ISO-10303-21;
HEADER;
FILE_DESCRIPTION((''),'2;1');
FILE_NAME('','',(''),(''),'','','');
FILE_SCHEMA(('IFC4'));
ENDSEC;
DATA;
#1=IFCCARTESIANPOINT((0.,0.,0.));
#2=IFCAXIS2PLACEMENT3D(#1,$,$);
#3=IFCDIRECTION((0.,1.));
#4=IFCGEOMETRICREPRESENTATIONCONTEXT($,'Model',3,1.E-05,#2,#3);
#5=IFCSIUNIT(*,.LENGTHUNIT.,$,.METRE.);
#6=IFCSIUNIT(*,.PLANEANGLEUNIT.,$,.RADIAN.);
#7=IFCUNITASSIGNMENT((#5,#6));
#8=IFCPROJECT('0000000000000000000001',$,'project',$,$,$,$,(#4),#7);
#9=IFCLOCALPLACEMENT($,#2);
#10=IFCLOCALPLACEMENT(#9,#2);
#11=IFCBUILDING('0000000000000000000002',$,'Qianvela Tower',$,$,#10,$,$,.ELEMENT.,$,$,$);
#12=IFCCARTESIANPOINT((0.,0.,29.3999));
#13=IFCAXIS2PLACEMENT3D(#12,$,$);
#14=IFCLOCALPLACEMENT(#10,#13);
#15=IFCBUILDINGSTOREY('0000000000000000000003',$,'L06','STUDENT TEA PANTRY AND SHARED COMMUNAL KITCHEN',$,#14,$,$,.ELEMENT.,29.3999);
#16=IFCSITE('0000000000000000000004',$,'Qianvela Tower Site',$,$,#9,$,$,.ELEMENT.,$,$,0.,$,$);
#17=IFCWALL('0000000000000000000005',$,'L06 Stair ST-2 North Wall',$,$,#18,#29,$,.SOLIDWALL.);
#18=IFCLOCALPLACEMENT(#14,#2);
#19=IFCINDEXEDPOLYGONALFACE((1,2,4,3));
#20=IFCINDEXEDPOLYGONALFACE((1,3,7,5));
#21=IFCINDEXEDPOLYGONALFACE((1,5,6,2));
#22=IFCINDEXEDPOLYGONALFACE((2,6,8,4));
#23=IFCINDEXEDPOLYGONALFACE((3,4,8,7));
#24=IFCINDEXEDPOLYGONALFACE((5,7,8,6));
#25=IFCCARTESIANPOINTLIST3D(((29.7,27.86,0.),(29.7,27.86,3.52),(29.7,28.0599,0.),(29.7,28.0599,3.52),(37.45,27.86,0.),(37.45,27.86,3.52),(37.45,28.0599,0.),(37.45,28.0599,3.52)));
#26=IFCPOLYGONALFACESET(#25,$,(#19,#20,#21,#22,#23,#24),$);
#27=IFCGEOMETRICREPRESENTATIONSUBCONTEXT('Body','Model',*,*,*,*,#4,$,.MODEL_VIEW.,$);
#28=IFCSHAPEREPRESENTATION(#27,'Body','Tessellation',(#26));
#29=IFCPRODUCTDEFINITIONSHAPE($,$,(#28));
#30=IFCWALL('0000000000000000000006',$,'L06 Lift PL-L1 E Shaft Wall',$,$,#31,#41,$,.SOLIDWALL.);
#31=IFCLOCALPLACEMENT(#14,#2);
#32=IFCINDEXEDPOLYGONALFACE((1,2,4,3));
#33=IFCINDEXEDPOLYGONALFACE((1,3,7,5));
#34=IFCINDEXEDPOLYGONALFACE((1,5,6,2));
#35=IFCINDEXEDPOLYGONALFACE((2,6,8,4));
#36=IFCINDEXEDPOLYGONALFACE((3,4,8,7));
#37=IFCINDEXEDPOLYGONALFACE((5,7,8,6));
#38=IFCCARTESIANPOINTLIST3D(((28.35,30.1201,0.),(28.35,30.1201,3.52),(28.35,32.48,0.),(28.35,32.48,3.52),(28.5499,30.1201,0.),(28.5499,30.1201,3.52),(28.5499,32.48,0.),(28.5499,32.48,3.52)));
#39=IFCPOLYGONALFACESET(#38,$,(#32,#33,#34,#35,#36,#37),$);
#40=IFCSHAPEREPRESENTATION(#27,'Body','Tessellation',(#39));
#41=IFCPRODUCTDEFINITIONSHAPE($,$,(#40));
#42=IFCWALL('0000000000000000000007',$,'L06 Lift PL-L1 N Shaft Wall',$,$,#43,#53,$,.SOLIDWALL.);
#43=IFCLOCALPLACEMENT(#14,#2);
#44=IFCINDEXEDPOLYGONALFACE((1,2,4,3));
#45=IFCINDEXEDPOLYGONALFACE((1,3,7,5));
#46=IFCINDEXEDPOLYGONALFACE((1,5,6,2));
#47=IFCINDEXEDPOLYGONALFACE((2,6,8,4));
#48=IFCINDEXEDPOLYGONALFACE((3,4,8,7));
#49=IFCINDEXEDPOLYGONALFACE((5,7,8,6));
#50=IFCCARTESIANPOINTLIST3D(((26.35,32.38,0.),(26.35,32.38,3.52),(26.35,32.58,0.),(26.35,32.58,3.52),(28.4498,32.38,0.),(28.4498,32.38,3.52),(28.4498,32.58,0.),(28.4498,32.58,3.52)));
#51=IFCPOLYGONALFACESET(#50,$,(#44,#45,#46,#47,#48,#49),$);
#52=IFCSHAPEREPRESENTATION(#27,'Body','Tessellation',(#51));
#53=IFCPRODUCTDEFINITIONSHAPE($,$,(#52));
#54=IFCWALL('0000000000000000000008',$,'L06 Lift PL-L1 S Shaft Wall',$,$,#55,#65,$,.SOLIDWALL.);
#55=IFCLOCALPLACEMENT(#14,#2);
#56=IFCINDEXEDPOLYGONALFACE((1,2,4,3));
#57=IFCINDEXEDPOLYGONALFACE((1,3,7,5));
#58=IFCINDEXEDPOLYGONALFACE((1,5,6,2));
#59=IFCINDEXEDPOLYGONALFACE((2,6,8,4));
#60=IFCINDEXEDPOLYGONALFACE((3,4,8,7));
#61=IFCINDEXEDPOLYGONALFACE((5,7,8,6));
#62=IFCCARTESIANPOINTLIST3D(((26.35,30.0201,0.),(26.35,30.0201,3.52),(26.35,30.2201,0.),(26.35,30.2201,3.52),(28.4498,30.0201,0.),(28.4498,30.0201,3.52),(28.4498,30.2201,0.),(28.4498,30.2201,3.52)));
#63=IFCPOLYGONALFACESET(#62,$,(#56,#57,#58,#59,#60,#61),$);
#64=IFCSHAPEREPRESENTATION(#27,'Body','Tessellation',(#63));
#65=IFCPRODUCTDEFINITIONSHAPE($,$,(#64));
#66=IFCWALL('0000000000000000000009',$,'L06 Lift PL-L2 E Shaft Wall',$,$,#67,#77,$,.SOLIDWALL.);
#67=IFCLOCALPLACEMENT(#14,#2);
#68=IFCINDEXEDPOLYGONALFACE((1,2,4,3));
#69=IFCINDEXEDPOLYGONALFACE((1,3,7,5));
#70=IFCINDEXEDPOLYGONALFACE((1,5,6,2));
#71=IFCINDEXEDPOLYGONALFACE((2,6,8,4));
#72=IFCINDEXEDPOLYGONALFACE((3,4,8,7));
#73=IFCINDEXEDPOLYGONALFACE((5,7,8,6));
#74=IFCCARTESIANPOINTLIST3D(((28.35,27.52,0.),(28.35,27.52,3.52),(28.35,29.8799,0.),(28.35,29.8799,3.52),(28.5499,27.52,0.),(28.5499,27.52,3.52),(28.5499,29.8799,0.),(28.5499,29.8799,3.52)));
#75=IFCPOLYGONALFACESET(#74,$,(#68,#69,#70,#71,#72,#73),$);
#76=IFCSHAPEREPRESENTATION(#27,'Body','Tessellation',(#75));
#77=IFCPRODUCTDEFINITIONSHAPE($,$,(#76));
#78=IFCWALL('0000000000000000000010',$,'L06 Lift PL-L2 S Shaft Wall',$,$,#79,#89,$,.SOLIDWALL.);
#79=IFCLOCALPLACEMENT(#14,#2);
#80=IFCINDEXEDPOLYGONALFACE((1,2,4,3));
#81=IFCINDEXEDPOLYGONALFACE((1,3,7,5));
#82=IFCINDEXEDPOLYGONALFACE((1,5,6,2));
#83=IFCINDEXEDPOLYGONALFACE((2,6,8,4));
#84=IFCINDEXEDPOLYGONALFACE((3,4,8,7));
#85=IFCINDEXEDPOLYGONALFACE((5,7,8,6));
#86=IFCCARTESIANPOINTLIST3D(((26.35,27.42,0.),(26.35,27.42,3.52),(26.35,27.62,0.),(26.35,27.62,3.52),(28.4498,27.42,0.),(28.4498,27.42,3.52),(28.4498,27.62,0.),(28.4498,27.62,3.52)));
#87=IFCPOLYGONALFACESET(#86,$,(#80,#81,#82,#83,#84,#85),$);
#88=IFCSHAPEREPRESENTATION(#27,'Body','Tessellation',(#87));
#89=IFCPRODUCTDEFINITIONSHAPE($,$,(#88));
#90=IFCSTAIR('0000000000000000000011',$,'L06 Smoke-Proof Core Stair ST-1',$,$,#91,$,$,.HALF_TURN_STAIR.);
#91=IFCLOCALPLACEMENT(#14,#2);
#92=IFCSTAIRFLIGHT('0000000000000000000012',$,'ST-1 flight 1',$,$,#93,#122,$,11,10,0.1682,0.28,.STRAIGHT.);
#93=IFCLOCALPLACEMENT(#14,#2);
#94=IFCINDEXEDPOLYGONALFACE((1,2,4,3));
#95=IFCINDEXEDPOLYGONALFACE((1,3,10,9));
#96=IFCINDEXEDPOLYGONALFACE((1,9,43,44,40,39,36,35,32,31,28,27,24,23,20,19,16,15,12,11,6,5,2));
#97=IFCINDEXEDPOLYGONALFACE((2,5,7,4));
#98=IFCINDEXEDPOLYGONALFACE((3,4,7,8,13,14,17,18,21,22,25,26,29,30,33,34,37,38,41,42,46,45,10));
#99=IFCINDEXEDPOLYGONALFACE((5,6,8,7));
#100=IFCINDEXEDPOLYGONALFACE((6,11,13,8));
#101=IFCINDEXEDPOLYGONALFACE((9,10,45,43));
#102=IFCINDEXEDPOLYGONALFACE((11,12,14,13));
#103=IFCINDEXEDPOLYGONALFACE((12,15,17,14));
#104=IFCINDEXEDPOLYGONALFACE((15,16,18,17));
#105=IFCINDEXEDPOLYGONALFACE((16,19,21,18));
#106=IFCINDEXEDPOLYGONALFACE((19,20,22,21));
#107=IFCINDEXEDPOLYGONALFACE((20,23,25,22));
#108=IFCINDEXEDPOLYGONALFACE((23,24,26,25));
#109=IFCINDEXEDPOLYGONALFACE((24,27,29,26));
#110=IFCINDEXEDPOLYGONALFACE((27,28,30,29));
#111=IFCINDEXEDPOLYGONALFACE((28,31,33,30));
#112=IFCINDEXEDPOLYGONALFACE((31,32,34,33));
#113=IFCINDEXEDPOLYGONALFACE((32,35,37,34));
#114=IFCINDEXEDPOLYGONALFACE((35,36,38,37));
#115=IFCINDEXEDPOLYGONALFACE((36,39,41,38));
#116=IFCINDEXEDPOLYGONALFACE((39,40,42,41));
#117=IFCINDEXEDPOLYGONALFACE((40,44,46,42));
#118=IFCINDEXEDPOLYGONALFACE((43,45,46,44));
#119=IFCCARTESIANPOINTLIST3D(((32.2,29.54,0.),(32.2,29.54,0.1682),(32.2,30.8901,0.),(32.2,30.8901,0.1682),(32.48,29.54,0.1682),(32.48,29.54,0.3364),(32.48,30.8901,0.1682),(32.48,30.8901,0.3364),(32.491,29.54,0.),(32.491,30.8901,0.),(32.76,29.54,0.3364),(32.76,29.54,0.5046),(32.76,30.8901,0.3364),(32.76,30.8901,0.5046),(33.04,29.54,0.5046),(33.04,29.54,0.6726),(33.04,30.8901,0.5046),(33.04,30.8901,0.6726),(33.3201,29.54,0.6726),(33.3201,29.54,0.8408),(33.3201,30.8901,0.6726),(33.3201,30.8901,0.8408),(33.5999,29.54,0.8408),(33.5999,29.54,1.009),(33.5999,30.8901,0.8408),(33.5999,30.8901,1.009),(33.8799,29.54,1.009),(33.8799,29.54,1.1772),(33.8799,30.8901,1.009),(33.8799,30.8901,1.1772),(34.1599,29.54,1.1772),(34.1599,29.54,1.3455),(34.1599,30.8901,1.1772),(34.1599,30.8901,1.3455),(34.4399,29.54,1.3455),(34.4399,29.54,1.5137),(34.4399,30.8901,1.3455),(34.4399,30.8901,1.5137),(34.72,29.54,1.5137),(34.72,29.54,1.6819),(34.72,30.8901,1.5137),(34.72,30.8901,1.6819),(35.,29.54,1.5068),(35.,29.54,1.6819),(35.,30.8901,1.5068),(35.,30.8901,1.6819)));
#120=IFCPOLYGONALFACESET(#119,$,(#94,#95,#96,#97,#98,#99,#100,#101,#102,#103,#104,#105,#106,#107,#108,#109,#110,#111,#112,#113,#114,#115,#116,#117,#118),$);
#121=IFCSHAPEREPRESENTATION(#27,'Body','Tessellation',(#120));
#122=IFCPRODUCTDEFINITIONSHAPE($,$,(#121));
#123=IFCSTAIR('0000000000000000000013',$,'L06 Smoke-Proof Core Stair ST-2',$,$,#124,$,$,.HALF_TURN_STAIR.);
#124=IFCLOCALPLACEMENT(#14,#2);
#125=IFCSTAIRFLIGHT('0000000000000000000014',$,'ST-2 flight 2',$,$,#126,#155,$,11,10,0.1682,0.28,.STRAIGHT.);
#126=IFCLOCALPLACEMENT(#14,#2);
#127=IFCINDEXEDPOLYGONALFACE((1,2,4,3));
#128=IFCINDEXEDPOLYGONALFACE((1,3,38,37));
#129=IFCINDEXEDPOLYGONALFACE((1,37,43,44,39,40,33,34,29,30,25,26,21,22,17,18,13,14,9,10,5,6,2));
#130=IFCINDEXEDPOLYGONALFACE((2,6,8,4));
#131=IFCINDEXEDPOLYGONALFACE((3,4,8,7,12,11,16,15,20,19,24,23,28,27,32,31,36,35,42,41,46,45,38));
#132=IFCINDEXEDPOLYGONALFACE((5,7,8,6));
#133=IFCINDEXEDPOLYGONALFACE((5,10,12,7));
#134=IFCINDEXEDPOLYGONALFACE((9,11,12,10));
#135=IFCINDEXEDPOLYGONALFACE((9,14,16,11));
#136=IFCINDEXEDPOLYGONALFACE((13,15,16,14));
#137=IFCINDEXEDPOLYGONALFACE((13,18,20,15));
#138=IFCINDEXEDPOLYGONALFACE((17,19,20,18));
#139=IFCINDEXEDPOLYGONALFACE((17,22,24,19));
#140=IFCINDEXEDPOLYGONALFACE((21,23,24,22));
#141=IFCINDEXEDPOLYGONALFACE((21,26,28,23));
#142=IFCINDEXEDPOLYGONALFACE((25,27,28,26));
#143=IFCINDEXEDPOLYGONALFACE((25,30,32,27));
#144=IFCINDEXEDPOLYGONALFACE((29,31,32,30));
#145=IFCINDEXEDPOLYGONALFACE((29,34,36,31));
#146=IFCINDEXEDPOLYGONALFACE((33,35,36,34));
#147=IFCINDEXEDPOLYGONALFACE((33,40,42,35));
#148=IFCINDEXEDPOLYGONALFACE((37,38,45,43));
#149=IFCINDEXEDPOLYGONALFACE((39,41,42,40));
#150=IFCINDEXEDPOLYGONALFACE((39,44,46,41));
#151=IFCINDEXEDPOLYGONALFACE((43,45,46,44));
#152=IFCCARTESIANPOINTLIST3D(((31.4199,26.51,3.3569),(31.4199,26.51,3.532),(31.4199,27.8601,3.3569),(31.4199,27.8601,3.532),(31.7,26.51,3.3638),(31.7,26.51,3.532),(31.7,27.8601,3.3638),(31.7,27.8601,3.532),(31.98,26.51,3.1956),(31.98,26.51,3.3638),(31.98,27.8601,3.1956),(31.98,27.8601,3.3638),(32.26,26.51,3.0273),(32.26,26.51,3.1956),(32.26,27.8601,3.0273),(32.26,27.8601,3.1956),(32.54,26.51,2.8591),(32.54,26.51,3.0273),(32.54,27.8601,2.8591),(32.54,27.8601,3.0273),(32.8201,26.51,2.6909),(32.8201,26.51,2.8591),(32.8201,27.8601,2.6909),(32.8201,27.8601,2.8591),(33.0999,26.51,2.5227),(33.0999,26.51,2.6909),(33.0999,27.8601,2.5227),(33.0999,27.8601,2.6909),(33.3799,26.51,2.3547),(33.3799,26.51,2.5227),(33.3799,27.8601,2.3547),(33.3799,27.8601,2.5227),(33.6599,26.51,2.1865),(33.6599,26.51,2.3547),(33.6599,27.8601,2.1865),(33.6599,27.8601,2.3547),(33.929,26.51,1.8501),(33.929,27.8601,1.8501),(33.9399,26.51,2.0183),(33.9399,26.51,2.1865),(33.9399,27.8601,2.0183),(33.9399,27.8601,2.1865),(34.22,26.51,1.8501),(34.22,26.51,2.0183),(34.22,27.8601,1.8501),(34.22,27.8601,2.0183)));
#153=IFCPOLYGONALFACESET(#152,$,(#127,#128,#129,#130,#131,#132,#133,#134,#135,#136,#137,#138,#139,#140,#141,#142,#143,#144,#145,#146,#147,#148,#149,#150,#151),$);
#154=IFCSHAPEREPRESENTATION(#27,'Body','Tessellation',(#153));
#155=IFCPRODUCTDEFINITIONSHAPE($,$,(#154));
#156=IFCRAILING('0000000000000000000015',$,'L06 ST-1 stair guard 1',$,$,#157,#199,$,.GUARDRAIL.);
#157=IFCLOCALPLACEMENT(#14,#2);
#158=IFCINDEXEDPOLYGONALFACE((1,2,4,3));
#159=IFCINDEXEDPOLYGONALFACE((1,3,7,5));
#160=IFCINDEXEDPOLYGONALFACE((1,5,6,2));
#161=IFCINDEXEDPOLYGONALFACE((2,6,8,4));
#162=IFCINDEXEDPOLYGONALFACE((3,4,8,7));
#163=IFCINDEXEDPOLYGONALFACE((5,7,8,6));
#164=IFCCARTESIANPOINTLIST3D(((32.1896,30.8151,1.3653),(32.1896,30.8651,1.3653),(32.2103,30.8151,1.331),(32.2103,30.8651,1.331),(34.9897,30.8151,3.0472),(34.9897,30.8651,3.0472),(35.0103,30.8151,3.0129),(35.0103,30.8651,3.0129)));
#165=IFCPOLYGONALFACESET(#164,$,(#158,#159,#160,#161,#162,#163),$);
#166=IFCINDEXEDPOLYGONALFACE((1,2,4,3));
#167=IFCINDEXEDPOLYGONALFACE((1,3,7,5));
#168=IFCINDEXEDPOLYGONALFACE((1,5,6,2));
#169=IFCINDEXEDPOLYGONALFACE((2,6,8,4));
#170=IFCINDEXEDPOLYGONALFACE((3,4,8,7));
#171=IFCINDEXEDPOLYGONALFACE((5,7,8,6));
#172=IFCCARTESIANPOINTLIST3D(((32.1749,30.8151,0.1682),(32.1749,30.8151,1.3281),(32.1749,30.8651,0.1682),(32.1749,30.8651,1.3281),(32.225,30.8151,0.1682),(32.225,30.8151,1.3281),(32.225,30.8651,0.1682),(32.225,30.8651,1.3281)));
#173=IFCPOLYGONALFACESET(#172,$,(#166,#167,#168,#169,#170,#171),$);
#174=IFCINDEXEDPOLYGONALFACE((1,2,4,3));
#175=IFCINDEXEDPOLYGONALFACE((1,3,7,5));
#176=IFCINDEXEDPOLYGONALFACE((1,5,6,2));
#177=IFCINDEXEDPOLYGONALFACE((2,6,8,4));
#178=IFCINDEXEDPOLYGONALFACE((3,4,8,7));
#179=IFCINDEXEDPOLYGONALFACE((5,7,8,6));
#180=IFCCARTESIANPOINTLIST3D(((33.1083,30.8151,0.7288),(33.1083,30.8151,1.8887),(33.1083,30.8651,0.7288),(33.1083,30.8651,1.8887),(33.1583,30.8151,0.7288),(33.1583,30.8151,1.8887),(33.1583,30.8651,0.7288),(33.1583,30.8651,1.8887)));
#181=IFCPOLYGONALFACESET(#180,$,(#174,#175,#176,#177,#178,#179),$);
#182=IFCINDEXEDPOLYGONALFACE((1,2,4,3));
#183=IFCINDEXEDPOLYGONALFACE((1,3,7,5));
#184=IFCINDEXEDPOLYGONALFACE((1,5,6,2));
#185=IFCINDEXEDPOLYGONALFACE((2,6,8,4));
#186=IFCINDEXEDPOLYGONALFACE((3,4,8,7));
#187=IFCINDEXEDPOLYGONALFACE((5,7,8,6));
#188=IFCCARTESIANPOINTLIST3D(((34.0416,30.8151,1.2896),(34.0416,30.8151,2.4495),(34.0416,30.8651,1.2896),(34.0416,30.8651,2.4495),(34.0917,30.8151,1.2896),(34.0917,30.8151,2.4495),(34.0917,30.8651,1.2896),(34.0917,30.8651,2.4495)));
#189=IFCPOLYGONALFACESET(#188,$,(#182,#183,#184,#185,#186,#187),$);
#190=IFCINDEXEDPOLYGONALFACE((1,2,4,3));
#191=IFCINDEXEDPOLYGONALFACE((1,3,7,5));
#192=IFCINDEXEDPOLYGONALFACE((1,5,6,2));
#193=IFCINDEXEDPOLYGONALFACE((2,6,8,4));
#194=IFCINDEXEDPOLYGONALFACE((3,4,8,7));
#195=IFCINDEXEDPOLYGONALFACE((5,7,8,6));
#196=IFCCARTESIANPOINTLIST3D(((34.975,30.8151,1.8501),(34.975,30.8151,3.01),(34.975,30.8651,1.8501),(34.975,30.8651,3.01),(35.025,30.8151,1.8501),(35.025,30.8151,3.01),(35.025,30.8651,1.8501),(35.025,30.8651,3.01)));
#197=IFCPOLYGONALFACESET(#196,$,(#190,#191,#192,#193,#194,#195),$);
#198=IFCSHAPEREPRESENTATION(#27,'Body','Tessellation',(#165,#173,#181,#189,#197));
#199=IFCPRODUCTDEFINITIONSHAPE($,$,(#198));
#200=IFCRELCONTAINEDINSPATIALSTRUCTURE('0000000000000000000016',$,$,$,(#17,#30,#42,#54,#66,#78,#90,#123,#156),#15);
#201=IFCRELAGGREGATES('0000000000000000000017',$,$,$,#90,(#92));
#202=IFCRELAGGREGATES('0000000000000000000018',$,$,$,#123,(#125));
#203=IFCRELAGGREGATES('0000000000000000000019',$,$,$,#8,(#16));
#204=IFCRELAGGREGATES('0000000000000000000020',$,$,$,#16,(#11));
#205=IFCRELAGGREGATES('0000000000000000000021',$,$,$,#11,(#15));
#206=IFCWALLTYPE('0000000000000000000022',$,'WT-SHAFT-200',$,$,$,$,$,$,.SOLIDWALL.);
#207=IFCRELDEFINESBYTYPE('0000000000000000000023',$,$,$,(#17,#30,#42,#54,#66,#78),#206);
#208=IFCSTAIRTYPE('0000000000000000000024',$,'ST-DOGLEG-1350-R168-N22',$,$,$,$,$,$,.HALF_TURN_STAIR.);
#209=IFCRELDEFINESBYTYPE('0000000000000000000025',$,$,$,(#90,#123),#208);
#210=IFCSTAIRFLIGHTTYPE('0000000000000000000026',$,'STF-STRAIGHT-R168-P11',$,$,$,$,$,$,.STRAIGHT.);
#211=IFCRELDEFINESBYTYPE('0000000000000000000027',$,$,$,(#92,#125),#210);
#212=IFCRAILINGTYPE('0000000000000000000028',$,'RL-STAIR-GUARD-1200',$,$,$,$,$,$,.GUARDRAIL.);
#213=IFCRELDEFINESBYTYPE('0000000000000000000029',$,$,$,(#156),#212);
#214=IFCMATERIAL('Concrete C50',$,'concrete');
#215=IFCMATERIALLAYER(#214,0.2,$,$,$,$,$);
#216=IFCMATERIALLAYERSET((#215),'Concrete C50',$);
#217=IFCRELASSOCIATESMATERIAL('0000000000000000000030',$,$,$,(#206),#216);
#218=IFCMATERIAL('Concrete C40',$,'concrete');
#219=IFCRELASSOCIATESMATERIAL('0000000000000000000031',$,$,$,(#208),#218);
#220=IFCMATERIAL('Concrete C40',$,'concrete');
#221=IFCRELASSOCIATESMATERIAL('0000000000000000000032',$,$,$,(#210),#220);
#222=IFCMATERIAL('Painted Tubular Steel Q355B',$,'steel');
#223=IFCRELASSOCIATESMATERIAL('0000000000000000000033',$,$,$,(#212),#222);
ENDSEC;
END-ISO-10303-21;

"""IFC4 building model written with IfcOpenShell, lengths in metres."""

from ifc_helpers import new_model, si_unit, direction, frame, frame_2d, origin, origin_2d, place, context, subcontext, project, spatial, polyline, rectangle, outline, extrude, material, layer, layer_set, type_object, element, aggregate, save


model = new_model("IFC4")

# Units and contexts
model_context = context("Model", 3, precision=1e-05, world=origin(), true_north=direction((0.0, 1.0)))
body_context = subcontext(model_context, "Body", "Model", "MODEL_VIEW")
ifc_project = project(units=[si_unit("LENGTHUNIT", "METRE"), si_unit("PLANEANGLEUNIT", "RADIAN")], contexts=[model_context])

# Site, building, storey
site_placement = place(None, origin())
site = spatial("IfcSite", under=ifc_project, at=site_placement, Name="Qianvela Tower Site", CompositionType="ELEMENT", RefElevation=0.0)
building_placement = place(site_placement, origin())
building = spatial("IfcBuilding", under=site, at=building_placement, Name="Qianvela Tower", CompositionType="ELEMENT")
storey_placement = place(building_placement, frame((0.0, 0.0, 29.3999)))
storey = spatial("IfcBuildingStorey", under=building, at=storey_placement, Name="L06", Description="STUDENT TEA PANTRY AND SHARED COMMUNAL KITCHEN", CompositionType="ELEMENT", Elevation=29.3999)

# Walls
ifc_material_1 = material(Name="Concrete C50", Category="concrete")
ifc_layer_1 = layer(ifc_material_1, 0.2)
ifc_layer_set_1 = layer_set([ifc_layer_1], Name="Concrete C50")
wall_type_1 = type_object("IfcWallType", Name="WT-SHAFT-200", PredefinedType="SOLIDWALL", material=ifc_layer_set_1)
wall_1_placement = place(storey_placement, frame((29.7, 27.96, 0.0), z_axis=(0.0, 0.0, 1.0), x_axis=(1.0, 0.0, 0.0)))
element("IfcWall", 1, at=wall_1_placement, inside=storey, type_object=wall_type_1, Name="L06 Stair ST-2 North Wall", PredefinedType="SOLIDWALL", context=body_context, shape_type="SweptSolid", body=[
    extrude(rectangle(XDim=7.75, YDim=0.2, at=frame_2d((3.875, 0.0))), origin(), (0.0, 0.0, 1.0), 3.52),
])
wall_2_placement = place(storey_placement, frame((28.45, 30.1201, 0.0), z_axis=(0.0, 0.0, 1.0), x_axis=(0.0, 1.0, 0.0)))
element("IfcWall", 2, at=wall_2_placement, inside=storey, type_object=wall_type_1, Name="L06 Lift PL-L1 E Shaft Wall", PredefinedType="SOLIDWALL", context=body_context, shape_type="SweptSolid", body=[
    extrude(rectangle(XDim=2.3599, YDim=0.2, at=frame_2d((1.1799, 0.0))), origin(), (0.0, 0.0, 1.0), 3.52),
])

# Walls
for number, where, z_axis, x_axis, name in (
    (3, (26.3501, 32.48, 0.0), (0.0, 0.0, 1.0), (1.0, 0.0, 0.0), "L06 Lift PL-L1 N Shaft Wall"),
    (4, (26.3501, 30.1201, 0.0), (0.0, 0.0, 1.0), (1.0, 0.0, 0.0), "L06 Lift PL-L1 S Shaft Wall"),
):
    element("IfcWall", number, at=place(storey_placement, frame(where, z_axis=z_axis, x_axis=x_axis)), inside=storey, type_object=wall_type_1, Name=name, PredefinedType="SOLIDWALL", context=body_context, shape_type="SweptSolid", body=[
        extrude(rectangle(XDim=2.0999, YDim=0.2, at=frame_2d((1.0498, 0.0))), origin(), (0.0, 0.0, 1.0), 3.52),
    ])
wall_3_placement = place(storey_placement, frame((28.45, 27.52, 0.0), z_axis=(0.0, 0.0, 1.0), x_axis=(0.0, 1.0, 0.0)))
element("IfcWall", 5, at=wall_3_placement, inside=storey, type_object=wall_type_1, Name="L06 Lift PL-L2 E Shaft Wall", PredefinedType="SOLIDWALL", context=body_context, shape_type="SweptSolid", body=[
    extrude(rectangle(XDim=2.3599, YDim=0.2, at=frame_2d((1.1799, 0.0))), origin(), (0.0, 0.0, 1.0), 3.52),
])

# Wall
wall_4_placement = place(storey_placement, frame((26.3501, 27.52, 0.0), z_axis=(0.0, 0.0, 1.0), x_axis=(1.0, 0.0, 0.0)))
element("IfcWall", 6, at=wall_4_placement, inside=storey, type_object=wall_type_1, Name="L06 Lift PL-L2 S Shaft Wall", PredefinedType="SOLIDWALL", context=body_context, shape_type="SweptSolid", body=[
    extrude(rectangle(XDim=2.0999, YDim=0.2, at=frame_2d((1.0498, 0.0))), origin(), (0.0, 0.0, 1.0), 3.52),
])

# Stairs, stair flights
ifc_material_2 = material(Name="Concrete C40", Category="concrete")
stair_type = type_object("IfcStairType", Name="ST-DOGLEG-1350-R168-N22", PredefinedType="HALF_TURN_STAIR", material=ifc_material_2)
stair_1_placement = place(storey_placement, origin())
stair_1 = element("IfcStair", 7, at=stair_1_placement, inside=storey, type_object=stair_type, Name="L06 Smoke-Proof Core Stair ST-1", PredefinedType="HALF_TURN_STAIR")
ifc_material_3 = material(Name="Concrete C40", Category="concrete")
stair_flight_type = type_object("IfcStairFlightType", Name="STF-STRAIGHT-R168-P11", PredefinedType="STRAIGHT", material=ifc_material_3)
stair_flight_1_placement = place(storey_placement, frame((32.2, 30.2151, 0.0), z_axis=(0.0, 0.0, 1.0), x_axis=(1.0, 0.0, 0.0)))
stair_flight_1 = element("IfcStairFlight", 8, at=stair_flight_1_placement, type_object=stair_flight_type, Name="ST-1 flight 1", NumberOfRisers=11, NumberOfTreads=10, PredefinedType="STRAIGHT", RiserHeight=0.1682, TreadLength=0.28, context=body_context, shape_type="SweptSolid", body=[
    extrude(outline(polyline([(0.0, 0.0), (0.0, 0.1682), (0.28, 0.1682), (0.28, 0.3364), (0.5601, 0.3364), (0.5601, 0.5046), (0.8401, 0.5046), (0.8401, 0.6726), (1.1201, 0.6726), (1.1201, 0.8408), (1.3999, 0.8408), (1.3999, 1.009), (1.6799, 1.009), (1.6799, 1.1772), (1.96, 1.1772), (1.96, 1.3455), (2.24, 1.3455), (2.24, 1.5137), (2.52, 1.5137), (2.52, 1.6819), (2.8, 1.6819), (2.8, 1.8501), (2.8, 1.5068), (0.291, 0.0), (0.0, 0.0)])), frame((0.0, 0.675, 0.0), z_axis=(0.0, -1.0, 0.0), x_axis=(1.0, 0.0, 0.0)), (0.0, 0.0, 1.0), 1.3501),
])
aggregate(stair_1, [stair_flight_1])
stair_2_placement = place(storey_placement, origin())
stair_2 = element("IfcStair", 9, at=stair_2_placement, inside=storey, type_object=stair_type, Name="L06 Smoke-Proof Core Stair ST-2", PredefinedType="HALF_TURN_STAIR")
stair_flight_2_placement = place(storey_placement, frame((34.22, 27.1851, 1.8501), z_axis=(0.0, 0.0, 1.0), x_axis=(-1.0, 0.0, 0.0)))
stair_flight_2 = element("IfcStairFlight", 10, at=stair_flight_2_placement, type_object=stair_flight_type, Name="ST-2 flight 2", NumberOfRisers=11, NumberOfTreads=10, PredefinedType="STRAIGHT", RiserHeight=0.1682, TreadLength=0.28, context=body_context, shape_type="SweptSolid", body=[
    extrude(outline(polyline([(0.0, 0.0), (0.0, 0.1682), (0.28, 0.1682), (0.28, 0.3364), (0.5601, 0.3364), (0.5601, 0.5046), (0.8401, 0.5046), (0.8401, 0.6726), (1.1201, 0.6726), (1.1201, 0.8408), (1.3999, 0.8408), (1.3999, 1.009), (1.6799, 1.009), (1.6799, 1.1772), (1.96, 1.1772), (1.96, 1.3455), (2.24, 1.3455), (2.24, 1.5137), (2.52, 1.5137), (2.52, 1.6819), (2.8, 1.6819), (2.8, 1.8501), (2.8, 1.5068), (0.291, 0.0), (0.0, 0.0)])), frame((0.0, 0.675, 0.0), z_axis=(0.0, -1.0, 0.0), x_axis=(1.0, 0.0, 0.0)), (0.0, 0.0, 1.0), 1.3501),
])
aggregate(stair_2, [stair_flight_2])

# Railing
ifc_material_4 = material(Name="Painted Tubular Steel Q355B", Category="steel")
railing_type_1 = type_object("IfcRailingType", Name="RL-STAIR-GUARD-1200", PredefinedType="GUARDRAIL", material=ifc_material_4)
railing_1_placement = place(storey_placement, frame((32.2, 30.8401, 0.1682)))
element("IfcRailing", 11, at=railing_1_placement, inside=storey, type_object=railing_type_1, Name="L06 ST-1 stair guard 1", PredefinedType="GUARDRAIL", context=body_context, shape_type="SweptSolid", body=[
    extrude(rectangle(XDim=0.05, YDim=0.04, at=origin_2d()), frame((0.0, 0.0, 1.1799), z_axis=(0.857242, 0.0, 0.514913), x_axis=(0.0, 1.0, 0.0)), (0.0, 0.0, 1.0), 3.2664),
    extrude(rectangle(XDim=0.05, YDim=0.05, at=origin_2d()), origin(), (0.0, 0.0, 1.0), 1.1599),
    extrude(rectangle(XDim=0.05, YDim=0.05, at=origin_2d()), frame((0.9333, 0.0, 0.5605)), (0.0, 0.0, 1.0), 1.1599),
    extrude(rectangle(XDim=0.05, YDim=0.05, at=origin_2d()), frame((1.8667, 0.0, 1.1213)), (0.0, 0.0, 1.0), 1.1599),
    extrude(rectangle(XDim=0.05, YDim=0.05, at=origin_2d()), frame((2.8, 0.0, 1.6819)), (0.0, 0.0, 1.0), 1.1599),
])

save(model, "model.ifc")
